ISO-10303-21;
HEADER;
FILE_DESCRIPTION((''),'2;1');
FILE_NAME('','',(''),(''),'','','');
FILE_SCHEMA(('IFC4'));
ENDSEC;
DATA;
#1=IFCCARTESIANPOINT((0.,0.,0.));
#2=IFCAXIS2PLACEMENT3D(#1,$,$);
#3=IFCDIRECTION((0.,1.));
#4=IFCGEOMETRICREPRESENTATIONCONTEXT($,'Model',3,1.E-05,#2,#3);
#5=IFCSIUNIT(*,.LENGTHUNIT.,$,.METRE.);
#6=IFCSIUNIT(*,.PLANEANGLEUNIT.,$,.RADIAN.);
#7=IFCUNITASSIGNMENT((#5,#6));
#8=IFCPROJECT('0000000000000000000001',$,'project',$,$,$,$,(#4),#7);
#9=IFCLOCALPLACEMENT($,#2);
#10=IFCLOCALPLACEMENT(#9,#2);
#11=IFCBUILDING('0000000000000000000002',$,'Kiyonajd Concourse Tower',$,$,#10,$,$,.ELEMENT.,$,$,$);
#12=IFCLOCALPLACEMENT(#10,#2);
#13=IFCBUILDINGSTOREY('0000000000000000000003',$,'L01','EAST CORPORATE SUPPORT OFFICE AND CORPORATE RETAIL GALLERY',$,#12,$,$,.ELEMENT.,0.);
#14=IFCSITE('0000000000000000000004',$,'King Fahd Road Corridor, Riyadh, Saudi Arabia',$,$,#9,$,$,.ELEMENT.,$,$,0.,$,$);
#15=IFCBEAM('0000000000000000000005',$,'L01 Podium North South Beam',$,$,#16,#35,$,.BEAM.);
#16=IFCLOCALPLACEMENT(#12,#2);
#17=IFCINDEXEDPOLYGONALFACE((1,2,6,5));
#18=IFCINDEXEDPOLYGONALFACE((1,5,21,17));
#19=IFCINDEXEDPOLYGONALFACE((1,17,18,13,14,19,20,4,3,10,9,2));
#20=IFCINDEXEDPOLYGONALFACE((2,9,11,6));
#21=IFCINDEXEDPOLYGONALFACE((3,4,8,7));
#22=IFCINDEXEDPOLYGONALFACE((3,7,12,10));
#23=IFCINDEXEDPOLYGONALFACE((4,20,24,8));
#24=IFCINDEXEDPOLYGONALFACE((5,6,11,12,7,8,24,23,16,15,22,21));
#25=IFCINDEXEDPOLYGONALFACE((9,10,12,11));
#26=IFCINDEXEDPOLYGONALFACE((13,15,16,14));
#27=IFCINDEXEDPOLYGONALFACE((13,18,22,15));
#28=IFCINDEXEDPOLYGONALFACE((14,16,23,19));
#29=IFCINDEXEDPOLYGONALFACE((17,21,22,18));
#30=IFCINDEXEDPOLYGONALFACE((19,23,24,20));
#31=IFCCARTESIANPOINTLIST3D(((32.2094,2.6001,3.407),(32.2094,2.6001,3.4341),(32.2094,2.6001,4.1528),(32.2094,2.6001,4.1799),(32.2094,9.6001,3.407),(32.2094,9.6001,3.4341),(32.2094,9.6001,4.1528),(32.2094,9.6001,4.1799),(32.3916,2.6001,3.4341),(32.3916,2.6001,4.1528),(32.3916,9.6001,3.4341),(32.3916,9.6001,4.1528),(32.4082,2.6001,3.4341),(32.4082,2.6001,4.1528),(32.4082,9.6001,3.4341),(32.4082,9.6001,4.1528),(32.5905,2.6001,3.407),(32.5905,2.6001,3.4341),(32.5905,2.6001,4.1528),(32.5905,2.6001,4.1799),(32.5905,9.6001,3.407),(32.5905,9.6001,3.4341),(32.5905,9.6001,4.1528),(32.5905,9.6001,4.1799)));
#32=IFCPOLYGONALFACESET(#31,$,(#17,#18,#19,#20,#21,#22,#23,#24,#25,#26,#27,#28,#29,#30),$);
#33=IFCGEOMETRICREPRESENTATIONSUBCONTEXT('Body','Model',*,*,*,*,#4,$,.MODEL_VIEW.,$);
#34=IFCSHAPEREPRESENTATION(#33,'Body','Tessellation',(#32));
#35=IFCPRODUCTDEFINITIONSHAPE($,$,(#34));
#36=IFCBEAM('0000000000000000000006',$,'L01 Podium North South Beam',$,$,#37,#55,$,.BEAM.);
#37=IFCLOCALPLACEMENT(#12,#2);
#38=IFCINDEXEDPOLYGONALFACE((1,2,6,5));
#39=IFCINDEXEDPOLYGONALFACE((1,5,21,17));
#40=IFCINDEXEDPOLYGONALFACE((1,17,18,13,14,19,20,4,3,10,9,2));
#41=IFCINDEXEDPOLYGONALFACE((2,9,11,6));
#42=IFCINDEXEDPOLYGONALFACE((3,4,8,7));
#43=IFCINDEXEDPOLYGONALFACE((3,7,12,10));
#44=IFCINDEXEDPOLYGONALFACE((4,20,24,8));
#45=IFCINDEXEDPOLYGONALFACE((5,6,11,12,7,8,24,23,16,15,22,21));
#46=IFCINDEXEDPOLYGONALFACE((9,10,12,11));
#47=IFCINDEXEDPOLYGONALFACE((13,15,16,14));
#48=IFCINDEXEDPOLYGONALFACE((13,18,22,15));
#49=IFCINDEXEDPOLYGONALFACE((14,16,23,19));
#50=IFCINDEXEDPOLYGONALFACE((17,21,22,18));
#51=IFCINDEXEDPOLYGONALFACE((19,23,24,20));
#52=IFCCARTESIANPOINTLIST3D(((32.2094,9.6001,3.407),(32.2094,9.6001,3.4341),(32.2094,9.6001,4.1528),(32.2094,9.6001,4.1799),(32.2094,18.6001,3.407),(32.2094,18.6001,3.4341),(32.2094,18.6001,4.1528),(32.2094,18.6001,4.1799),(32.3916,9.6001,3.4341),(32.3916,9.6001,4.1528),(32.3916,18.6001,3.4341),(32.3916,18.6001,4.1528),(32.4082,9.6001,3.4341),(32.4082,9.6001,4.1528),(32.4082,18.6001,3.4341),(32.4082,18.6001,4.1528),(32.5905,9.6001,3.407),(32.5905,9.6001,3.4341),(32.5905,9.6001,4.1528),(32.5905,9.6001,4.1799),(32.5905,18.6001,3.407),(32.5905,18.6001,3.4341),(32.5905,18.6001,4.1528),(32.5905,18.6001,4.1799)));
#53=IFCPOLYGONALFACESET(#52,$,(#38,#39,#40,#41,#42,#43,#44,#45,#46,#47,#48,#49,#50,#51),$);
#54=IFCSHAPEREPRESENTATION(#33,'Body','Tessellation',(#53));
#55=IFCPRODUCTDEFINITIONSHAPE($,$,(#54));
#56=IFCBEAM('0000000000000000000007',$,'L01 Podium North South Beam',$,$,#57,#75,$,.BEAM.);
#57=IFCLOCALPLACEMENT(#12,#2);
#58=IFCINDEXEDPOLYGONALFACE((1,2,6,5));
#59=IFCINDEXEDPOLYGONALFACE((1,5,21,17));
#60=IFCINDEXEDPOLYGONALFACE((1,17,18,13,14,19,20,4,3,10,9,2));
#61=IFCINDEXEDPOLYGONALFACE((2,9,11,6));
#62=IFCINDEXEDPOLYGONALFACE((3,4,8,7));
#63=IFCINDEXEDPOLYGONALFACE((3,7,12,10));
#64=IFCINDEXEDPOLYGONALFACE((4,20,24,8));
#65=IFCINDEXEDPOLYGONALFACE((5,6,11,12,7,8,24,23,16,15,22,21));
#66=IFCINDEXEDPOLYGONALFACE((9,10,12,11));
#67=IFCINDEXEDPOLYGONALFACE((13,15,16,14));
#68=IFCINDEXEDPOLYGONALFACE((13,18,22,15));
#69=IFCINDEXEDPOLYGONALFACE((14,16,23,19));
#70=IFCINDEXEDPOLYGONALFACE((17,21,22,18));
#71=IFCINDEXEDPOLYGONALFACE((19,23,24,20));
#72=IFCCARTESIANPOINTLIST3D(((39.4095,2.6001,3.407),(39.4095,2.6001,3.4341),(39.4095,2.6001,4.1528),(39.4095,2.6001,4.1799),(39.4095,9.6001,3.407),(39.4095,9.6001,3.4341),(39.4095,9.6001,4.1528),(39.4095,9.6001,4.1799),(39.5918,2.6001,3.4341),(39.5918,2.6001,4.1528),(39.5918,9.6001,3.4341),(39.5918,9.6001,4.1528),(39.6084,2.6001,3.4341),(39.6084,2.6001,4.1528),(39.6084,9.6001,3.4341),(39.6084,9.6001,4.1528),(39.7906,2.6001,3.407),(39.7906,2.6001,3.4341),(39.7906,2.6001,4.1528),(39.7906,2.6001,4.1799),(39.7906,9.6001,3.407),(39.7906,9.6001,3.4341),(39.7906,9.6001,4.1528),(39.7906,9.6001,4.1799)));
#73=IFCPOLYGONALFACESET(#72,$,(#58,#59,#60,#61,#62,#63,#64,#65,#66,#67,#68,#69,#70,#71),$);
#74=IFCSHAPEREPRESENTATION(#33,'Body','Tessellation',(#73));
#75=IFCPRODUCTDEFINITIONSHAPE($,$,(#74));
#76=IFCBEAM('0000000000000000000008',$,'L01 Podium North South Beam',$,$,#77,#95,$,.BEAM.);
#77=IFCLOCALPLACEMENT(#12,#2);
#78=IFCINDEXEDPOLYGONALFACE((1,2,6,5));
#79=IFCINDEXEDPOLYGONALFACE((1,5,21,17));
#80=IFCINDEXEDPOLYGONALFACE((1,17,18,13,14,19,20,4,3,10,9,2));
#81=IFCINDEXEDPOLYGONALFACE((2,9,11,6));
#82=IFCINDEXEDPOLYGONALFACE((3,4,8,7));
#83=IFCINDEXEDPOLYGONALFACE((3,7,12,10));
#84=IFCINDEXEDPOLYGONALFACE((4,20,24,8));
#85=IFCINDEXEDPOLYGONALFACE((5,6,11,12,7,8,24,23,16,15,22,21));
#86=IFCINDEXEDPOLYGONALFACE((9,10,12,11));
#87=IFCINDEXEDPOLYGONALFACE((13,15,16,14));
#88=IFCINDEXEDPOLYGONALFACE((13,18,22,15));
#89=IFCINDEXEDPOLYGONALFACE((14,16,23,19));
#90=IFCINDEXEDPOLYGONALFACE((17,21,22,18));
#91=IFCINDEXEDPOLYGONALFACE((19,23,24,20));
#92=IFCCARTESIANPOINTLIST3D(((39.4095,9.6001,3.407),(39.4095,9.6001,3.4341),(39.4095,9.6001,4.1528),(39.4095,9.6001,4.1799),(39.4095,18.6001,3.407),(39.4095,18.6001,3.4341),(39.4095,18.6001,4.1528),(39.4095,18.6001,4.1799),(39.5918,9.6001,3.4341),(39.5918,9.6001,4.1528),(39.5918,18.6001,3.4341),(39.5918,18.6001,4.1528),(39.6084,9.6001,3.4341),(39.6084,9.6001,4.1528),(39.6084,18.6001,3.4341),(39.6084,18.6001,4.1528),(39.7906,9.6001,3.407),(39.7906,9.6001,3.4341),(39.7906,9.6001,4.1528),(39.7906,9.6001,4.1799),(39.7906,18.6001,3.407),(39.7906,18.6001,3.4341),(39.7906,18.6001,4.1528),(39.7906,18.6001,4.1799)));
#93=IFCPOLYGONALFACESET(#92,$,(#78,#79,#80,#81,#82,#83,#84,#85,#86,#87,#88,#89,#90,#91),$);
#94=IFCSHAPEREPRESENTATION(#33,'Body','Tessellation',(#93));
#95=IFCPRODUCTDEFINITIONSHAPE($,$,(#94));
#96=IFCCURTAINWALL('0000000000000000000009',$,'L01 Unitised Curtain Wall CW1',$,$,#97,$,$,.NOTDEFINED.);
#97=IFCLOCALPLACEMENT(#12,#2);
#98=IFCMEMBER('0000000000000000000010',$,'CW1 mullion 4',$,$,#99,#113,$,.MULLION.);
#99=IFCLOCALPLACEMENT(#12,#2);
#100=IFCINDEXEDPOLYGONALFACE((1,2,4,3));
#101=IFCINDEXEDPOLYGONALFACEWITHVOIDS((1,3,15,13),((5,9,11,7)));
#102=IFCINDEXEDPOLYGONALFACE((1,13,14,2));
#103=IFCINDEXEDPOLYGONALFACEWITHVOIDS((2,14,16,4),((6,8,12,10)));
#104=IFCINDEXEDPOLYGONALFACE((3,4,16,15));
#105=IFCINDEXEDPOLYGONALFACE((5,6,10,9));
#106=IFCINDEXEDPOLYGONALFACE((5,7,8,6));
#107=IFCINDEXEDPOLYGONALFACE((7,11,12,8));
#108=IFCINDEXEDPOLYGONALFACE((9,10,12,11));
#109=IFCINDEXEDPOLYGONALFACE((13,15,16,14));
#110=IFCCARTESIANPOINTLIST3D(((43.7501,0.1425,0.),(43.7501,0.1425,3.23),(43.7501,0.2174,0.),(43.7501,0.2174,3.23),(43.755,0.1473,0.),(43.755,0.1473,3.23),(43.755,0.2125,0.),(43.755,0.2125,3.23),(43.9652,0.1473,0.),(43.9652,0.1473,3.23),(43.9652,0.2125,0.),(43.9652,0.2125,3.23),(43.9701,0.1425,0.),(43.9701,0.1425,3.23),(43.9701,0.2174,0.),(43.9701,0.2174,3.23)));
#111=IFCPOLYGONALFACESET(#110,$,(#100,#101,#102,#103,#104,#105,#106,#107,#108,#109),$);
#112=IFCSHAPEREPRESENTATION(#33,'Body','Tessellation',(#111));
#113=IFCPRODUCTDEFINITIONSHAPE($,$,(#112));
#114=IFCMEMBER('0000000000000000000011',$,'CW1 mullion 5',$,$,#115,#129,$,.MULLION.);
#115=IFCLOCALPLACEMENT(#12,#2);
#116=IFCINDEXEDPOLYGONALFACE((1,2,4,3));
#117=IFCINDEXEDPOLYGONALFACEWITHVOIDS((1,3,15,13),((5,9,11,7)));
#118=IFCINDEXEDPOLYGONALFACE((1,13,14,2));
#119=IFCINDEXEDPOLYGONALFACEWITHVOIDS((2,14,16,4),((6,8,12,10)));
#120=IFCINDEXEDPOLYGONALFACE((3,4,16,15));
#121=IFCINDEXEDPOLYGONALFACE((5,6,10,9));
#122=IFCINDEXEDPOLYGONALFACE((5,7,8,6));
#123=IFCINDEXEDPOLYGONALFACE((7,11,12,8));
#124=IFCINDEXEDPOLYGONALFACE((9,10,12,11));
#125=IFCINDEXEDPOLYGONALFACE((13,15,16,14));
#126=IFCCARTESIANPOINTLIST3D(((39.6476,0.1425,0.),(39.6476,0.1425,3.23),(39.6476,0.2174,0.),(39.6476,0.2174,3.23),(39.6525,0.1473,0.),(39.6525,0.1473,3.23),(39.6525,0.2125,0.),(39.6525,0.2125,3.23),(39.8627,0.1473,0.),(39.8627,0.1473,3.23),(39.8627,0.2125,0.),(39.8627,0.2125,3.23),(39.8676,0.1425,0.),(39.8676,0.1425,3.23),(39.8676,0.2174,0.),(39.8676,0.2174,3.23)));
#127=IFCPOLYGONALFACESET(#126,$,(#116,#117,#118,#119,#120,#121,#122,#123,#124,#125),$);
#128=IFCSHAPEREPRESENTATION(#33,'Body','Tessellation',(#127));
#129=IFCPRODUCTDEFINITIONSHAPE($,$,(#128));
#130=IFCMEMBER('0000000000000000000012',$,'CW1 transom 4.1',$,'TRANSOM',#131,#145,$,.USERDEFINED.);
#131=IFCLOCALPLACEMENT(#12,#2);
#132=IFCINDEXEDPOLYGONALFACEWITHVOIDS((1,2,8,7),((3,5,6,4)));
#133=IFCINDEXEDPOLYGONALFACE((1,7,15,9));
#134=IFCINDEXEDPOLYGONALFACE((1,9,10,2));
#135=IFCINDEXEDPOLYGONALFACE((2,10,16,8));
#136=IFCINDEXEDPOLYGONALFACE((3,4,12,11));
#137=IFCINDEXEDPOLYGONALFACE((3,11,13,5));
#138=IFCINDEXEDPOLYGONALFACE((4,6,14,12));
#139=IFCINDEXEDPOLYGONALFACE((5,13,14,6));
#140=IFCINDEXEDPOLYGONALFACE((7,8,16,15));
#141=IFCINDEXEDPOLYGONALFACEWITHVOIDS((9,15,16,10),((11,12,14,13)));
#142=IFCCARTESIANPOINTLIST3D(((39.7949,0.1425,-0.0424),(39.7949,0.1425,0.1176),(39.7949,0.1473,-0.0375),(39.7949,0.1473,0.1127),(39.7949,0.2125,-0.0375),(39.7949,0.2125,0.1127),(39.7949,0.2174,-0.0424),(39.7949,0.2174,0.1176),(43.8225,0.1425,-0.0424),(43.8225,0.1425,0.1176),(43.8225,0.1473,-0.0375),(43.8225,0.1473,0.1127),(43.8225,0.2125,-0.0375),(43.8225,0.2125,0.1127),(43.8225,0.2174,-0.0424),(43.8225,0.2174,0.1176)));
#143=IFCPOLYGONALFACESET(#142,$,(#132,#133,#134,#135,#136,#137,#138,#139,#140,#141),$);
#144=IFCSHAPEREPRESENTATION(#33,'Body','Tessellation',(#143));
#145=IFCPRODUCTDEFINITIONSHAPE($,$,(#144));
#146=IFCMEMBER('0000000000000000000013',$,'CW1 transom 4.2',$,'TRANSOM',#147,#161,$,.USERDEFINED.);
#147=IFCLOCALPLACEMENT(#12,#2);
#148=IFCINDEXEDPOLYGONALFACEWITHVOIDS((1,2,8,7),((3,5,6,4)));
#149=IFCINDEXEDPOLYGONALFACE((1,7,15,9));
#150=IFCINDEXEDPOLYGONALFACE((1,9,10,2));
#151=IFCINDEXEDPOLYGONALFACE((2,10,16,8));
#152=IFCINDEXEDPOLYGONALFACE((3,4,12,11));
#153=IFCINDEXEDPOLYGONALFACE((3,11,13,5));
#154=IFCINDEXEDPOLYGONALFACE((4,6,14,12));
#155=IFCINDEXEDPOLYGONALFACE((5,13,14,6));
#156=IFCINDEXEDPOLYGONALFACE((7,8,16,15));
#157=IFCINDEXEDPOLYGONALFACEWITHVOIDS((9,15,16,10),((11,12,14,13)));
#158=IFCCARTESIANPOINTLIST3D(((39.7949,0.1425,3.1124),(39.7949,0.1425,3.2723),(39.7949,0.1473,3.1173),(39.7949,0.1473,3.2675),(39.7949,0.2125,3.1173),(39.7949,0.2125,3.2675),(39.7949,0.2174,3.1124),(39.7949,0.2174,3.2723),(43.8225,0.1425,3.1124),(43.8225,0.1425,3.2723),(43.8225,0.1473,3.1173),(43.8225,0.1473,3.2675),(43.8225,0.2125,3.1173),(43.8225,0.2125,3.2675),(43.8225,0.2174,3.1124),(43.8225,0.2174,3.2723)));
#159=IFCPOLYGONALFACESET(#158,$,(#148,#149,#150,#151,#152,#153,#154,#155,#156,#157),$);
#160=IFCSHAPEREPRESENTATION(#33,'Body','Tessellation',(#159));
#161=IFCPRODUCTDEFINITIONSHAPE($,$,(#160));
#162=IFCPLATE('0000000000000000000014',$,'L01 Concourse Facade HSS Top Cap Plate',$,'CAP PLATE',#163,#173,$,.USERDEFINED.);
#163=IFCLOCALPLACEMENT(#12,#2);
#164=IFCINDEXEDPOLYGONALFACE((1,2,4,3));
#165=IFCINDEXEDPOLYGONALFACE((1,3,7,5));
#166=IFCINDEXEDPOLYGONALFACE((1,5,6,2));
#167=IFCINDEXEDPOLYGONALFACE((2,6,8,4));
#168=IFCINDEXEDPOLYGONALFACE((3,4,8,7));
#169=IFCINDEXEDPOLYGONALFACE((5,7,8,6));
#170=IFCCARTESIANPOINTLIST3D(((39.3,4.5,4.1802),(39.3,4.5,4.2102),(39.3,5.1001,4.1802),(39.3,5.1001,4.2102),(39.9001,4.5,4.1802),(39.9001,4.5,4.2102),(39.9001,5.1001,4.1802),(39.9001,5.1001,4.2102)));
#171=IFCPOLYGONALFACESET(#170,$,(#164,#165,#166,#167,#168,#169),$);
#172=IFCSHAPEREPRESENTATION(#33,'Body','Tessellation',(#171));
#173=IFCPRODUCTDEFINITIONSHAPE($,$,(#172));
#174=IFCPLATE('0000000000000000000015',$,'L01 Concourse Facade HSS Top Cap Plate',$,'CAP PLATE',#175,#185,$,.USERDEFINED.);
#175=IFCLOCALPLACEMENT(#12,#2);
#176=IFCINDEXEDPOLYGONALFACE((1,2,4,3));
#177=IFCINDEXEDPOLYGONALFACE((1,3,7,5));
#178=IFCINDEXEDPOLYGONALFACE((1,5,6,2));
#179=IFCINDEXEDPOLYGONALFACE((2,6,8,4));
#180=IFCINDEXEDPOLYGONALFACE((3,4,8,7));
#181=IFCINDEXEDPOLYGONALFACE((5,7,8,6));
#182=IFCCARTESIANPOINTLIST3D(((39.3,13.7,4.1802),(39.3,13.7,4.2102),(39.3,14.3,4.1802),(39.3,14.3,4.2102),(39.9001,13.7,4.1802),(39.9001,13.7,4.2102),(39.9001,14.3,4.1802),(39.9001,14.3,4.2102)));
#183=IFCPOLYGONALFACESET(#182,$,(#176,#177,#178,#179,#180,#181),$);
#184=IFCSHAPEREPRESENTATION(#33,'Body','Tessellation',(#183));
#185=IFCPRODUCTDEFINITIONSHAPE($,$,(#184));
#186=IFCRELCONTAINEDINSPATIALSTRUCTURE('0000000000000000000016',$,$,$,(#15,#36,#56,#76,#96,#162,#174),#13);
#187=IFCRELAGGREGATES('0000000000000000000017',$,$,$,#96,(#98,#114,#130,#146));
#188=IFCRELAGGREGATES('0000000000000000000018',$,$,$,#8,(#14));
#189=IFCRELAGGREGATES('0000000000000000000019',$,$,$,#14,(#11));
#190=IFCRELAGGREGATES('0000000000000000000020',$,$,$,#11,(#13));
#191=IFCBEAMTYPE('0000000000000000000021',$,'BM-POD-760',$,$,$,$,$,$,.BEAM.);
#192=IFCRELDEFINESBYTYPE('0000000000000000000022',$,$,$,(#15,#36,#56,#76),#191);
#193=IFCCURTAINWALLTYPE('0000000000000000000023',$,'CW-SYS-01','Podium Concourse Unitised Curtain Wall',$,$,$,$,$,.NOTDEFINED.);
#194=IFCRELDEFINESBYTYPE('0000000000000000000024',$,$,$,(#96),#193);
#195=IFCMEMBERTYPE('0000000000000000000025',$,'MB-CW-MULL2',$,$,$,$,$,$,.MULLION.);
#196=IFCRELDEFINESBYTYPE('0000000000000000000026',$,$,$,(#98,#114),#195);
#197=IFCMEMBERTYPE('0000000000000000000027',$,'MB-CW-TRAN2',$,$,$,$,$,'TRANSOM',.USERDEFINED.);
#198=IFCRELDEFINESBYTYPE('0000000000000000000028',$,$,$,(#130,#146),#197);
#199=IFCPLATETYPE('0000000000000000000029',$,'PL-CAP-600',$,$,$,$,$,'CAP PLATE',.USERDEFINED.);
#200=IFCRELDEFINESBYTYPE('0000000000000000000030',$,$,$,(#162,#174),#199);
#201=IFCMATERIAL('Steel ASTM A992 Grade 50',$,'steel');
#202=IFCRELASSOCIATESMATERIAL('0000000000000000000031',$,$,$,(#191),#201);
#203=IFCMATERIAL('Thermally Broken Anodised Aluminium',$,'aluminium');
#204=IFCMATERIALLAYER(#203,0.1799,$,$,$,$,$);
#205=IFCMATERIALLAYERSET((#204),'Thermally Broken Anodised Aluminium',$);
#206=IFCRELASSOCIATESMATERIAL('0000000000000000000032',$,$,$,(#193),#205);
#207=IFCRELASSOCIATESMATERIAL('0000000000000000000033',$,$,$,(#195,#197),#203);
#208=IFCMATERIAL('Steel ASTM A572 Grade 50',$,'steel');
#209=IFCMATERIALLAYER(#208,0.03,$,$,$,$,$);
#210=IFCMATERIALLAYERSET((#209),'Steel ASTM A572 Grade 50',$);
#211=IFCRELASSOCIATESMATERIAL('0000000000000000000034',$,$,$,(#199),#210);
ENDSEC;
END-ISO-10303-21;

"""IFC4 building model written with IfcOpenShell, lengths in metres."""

from ifc_helpers import new_model, si_unit, direction, frame, origin, origin_2d, place, context, subcontext, project, spatial, rectangle, hollow_rectangle, i_section, extrude, material, layer, layer_set, material_profile, profile_set, type_object, element, aggregate, save


model = new_model("IFC4")

# Units and contexts
model_context = context("Model", 3, precision=1e-05, world=origin(), true_north=direction((0.0, 1.0)))
body_context = subcontext(model_context, "Body", "Model", "MODEL_VIEW")
ifc_project = project(units=[si_unit("LENGTHUNIT", "METRE"), si_unit("PLANEANGLEUNIT", "RADIAN")], contexts=[model_context])

# Site, building, storey
site_placement = place(None, origin())
site = spatial("IfcSite", under=ifc_project, at=site_placement, Name="King Fahd Road Corridor, Riyadh, Saudi Arabia", CompositionType="ELEMENT", RefElevation=0.0)
building_placement = place(site_placement, origin())
building = spatial("IfcBuilding", under=site, at=building_placement, Name="Kiyonajd Concourse Tower", CompositionType="ELEMENT")
storey_placement = place(building_placement, origin())
storey = spatial("IfcBuildingStorey", under=building, at=storey_placement, Name="L01", Description="EAST CORPORATE SUPPORT OFFICE AND CORPORATE RETAIL GALLERY", CompositionType="ELEMENT", Elevation=0.0)

# Shared definitions
ifc_material_1 = material(Name="Steel ASTM A572 Grade 50", Category="steel")

# Beams
ifc_material_2 = material(Name="Steel ASTM A992 Grade 50", Category="steel")
ifc_material_profile_1 = material_profile(ifc_material_2, i_section(OverallWidth=0.3811, OverallDepth=0.7729, WebThickness=0.0166, FlangeThickness=0.0271, at=origin_2d()), Name="W760X257")
ifc_profile_set_1 = profile_set([ifc_material_profile_1], Name="Steel ASTM A992 Grade 50")
beam_type_1 = type_object("IfcBeamType", Name="BM-POD-760", PredefinedType="BEAM", material=ifc_profile_set_1)
beam_1_placement = place(storey_placement, frame((32.3999, 2.6001, 3.7935), z_axis=(0.0, 1.0, 0.0), x_axis=(-1.0, 0.0, 0.0)))
element("IfcBeam", 1, at=beam_1_placement, inside=storey, type_object=beam_type_1, Name="L01 Podium North South Beam", PredefinedType="BEAM", context=body_context, shape_type="SweptSolid", body=[
    extrude(i_section(OverallWidth=0.3811, OverallDepth=0.7729, WebThickness=0.0166, FlangeThickness=0.0271, at=origin_2d()), origin(), (0.0, 0.0, 1.0), 7.0),
])
beam_2_placement = place(storey_placement, frame((32.3999, 9.6001, 3.7935), z_axis=(0.0, 1.0, 0.0), x_axis=(-1.0, 0.0, 0.0)))
element("IfcBeam", 2, at=beam_2_placement, inside=storey, type_object=beam_type_1, Name="L01 Podium North South Beam", PredefinedType="BEAM", context=body_context, shape_type="SweptSolid", body=[
    extrude(i_section(OverallWidth=0.3811, OverallDepth=0.7729, WebThickness=0.0166, FlangeThickness=0.0271, at=origin_2d()), origin(), (0.0, 0.0, 1.0), 9.0),
])
beam_3_placement = place(storey_placement, frame((39.6001, 2.6001, 3.7935), z_axis=(0.0, 1.0, 0.0), x_axis=(-1.0, 0.0, 0.0)))
element("IfcBeam", 3, at=beam_3_placement, inside=storey, type_object=beam_type_1, Name="L01 Podium North South Beam", PredefinedType="BEAM", context=body_context, shape_type="SweptSolid", body=[
    extrude(i_section(OverallWidth=0.3811, OverallDepth=0.7729, WebThickness=0.0166, FlangeThickness=0.0271, at=origin_2d()), origin(), (0.0, 0.0, 1.0), 7.0),
])
beam_4_placement = place(storey_placement, frame((39.6001, 9.6001, 3.7935), z_axis=(0.0, 1.0, 0.0), x_axis=(-1.0, 0.0, 0.0)))
element("IfcBeam", 4, at=beam_4_placement, inside=storey, type_object=beam_type_1, Name="L01 Podium North South Beam", PredefinedType="BEAM", context=body_context, shape_type="SweptSolid", body=[
    extrude(i_section(OverallWidth=0.3811, OverallDepth=0.7729, WebThickness=0.0166, FlangeThickness=0.0271, at=origin_2d()), origin(), (0.0, 0.0, 1.0), 9.0),
])

# Curtain wall, members
ifc_material_3 = material(Name="Thermally Broken Anodised Aluminium", Category="aluminium")
ifc_layer_1 = layer(ifc_material_3, 0.1799)
ifc_layer_set_1 = layer_set([ifc_layer_1], Name="Thermally Broken Anodised Aluminium")
curtain_wall_type = type_object("IfcCurtainWallType", Name="CW-SYS-01", Description="Podium Concourse Unitised Curtain Wall", PredefinedType="NOTDEFINED", material=ifc_layer_set_1)
curtain_wall_placement = place(storey_placement, origin())
curtain_wall = element("IfcCurtainWall", 5, at=curtain_wall_placement, inside=storey, type_object=curtain_wall_type, Name="L01 Unitised Curtain Wall CW1", PredefinedType="NOTDEFINED")
ifc_material_profile_2 = material_profile(ifc_material_3, hollow_rectangle(XDim=0.075, YDim=0.22, WallThickness=0.0049, at=origin_2d()), Name="MULL-75x220")
ifc_profile_set_2 = profile_set([ifc_material_profile_2], Name="Thermally Broken Anodised Aluminium")
member_type_1 = type_object("IfcMemberType", Name="MB-CW-MULL2", PredefinedType="MULLION", material=ifc_profile_set_2)
member_1_placement = place(storey_placement, frame((43.8601, 0.1799, 0.0), z_axis=(0.0, 0.0, 1.0), x_axis=(0.0, -1.0, 0.0)))
member_1 = element("IfcMember", 6, at=member_1_placement, type_object=member_type_1, Name="CW1 mullion 4", PredefinedType="MULLION", context=body_context, shape_type="SweptSolid", body=[
    extrude(hollow_rectangle(XDim=0.075, YDim=0.22, WallThickness=0.0049, at=origin_2d()), origin(), (0.0, 0.0, 1.0), 3.23),
])
member_2_placement = place(storey_placement, frame((39.7576, 0.1799, 0.0), z_axis=(0.0, 0.0, 1.0), x_axis=(0.0, -1.0, 0.0)))
member_2 = element("IfcMember", 7, at=member_2_placement, type_object=member_type_1, Name="CW1 mullion 5", PredefinedType="MULLION", context=body_context, shape_type="SweptSolid", body=[
    extrude(hollow_rectangle(XDim=0.075, YDim=0.22, WallThickness=0.0049, at=origin_2d()), origin(), (0.0, 0.0, 1.0), 3.23),
])
ifc_material_profile_3 = material_profile(ifc_material_3, hollow_rectangle(XDim=0.075, YDim=0.1599, WallThickness=0.0049, at=origin_2d()), Name="TRAN-75x160")
ifc_profile_set_3 = profile_set([ifc_material_profile_3], Name="Thermally Broken Anodised Aluminium")
member_type_2 = type_object("IfcMemberType", Name="MB-CW-TRAN2", ElementType="TRANSOM", PredefinedType="USERDEFINED", material=ifc_profile_set_3)
member_3_placement = place(storey_placement, frame((43.8225, 0.1799, 0.0376), z_axis=(-1.0, 0.0, 0.0), x_axis=(0.0, -1.0, 0.0)))
member_3 = element("IfcMember", 8, at=member_3_placement, type_object=member_type_2, Name="CW1 transom 4.1", ObjectType="TRANSOM", PredefinedType="USERDEFINED", context=body_context, shape_type="SweptSolid", body=[
    extrude(hollow_rectangle(XDim=0.075, YDim=0.1599, WallThickness=0.0049, at=origin_2d()), origin(), (0.0, 0.0, 1.0), 4.0276),
])
member_4_placement = place(storey_placement, frame((43.8225, 0.1799, 3.1924), z_axis=(-1.0, 0.0, 0.0), x_axis=(0.0, -1.0, 0.0)))
member_4 = element("IfcMember", 9, at=member_4_placement, type_object=member_type_2, Name="CW1 transom 4.2", ObjectType="TRANSOM", PredefinedType="USERDEFINED", context=body_context, shape_type="SweptSolid", body=[
    extrude(hollow_rectangle(XDim=0.075, YDim=0.1599, WallThickness=0.0049, at=origin_2d()), origin(), (0.0, 0.0, 1.0), 4.0276),
])

# Plates
ifc_layer_2 = layer(ifc_material_1, 0.03)
ifc_layer_set_2 = layer_set([ifc_layer_2], Name="Steel ASTM A572 Grade 50")
plate_type_1 = type_object("IfcPlateType", Name="PL-CAP-600", ElementType="CAP PLATE", PredefinedType="USERDEFINED", material=ifc_layer_set_2)
for number, where, z_axis, x_axis, name in (
    (10, (39.6001, 4.8, 4.1802), (0.0, 0.0, 1.0), (1.0, 0.0, 0.0), "L01 Concourse Facade HSS Top Cap Plate"),
    (11, (39.6001, 14.0, 4.1802), (0.0, 0.0, 1.0), (1.0, 0.0, 0.0), "L01 Concourse Facade HSS Top Cap Plate"),
):
    element("IfcPlate", number, at=place(storey_placement, frame(where, z_axis=z_axis, x_axis=x_axis)), inside=storey, type_object=plate_type_1, Name=name, ObjectType="CAP PLATE", PredefinedType="USERDEFINED", context=body_context, shape_type="SweptSolid", body=[
        extrude(rectangle(XDim=0.6001, YDim=0.6001, at=origin_2d()), origin(), (0.0, 0.0, 1.0), 0.03),
    ])

aggregate(curtain_wall, [member_1, member_2, member_3, member_4])

save(model, "model.ifc")
